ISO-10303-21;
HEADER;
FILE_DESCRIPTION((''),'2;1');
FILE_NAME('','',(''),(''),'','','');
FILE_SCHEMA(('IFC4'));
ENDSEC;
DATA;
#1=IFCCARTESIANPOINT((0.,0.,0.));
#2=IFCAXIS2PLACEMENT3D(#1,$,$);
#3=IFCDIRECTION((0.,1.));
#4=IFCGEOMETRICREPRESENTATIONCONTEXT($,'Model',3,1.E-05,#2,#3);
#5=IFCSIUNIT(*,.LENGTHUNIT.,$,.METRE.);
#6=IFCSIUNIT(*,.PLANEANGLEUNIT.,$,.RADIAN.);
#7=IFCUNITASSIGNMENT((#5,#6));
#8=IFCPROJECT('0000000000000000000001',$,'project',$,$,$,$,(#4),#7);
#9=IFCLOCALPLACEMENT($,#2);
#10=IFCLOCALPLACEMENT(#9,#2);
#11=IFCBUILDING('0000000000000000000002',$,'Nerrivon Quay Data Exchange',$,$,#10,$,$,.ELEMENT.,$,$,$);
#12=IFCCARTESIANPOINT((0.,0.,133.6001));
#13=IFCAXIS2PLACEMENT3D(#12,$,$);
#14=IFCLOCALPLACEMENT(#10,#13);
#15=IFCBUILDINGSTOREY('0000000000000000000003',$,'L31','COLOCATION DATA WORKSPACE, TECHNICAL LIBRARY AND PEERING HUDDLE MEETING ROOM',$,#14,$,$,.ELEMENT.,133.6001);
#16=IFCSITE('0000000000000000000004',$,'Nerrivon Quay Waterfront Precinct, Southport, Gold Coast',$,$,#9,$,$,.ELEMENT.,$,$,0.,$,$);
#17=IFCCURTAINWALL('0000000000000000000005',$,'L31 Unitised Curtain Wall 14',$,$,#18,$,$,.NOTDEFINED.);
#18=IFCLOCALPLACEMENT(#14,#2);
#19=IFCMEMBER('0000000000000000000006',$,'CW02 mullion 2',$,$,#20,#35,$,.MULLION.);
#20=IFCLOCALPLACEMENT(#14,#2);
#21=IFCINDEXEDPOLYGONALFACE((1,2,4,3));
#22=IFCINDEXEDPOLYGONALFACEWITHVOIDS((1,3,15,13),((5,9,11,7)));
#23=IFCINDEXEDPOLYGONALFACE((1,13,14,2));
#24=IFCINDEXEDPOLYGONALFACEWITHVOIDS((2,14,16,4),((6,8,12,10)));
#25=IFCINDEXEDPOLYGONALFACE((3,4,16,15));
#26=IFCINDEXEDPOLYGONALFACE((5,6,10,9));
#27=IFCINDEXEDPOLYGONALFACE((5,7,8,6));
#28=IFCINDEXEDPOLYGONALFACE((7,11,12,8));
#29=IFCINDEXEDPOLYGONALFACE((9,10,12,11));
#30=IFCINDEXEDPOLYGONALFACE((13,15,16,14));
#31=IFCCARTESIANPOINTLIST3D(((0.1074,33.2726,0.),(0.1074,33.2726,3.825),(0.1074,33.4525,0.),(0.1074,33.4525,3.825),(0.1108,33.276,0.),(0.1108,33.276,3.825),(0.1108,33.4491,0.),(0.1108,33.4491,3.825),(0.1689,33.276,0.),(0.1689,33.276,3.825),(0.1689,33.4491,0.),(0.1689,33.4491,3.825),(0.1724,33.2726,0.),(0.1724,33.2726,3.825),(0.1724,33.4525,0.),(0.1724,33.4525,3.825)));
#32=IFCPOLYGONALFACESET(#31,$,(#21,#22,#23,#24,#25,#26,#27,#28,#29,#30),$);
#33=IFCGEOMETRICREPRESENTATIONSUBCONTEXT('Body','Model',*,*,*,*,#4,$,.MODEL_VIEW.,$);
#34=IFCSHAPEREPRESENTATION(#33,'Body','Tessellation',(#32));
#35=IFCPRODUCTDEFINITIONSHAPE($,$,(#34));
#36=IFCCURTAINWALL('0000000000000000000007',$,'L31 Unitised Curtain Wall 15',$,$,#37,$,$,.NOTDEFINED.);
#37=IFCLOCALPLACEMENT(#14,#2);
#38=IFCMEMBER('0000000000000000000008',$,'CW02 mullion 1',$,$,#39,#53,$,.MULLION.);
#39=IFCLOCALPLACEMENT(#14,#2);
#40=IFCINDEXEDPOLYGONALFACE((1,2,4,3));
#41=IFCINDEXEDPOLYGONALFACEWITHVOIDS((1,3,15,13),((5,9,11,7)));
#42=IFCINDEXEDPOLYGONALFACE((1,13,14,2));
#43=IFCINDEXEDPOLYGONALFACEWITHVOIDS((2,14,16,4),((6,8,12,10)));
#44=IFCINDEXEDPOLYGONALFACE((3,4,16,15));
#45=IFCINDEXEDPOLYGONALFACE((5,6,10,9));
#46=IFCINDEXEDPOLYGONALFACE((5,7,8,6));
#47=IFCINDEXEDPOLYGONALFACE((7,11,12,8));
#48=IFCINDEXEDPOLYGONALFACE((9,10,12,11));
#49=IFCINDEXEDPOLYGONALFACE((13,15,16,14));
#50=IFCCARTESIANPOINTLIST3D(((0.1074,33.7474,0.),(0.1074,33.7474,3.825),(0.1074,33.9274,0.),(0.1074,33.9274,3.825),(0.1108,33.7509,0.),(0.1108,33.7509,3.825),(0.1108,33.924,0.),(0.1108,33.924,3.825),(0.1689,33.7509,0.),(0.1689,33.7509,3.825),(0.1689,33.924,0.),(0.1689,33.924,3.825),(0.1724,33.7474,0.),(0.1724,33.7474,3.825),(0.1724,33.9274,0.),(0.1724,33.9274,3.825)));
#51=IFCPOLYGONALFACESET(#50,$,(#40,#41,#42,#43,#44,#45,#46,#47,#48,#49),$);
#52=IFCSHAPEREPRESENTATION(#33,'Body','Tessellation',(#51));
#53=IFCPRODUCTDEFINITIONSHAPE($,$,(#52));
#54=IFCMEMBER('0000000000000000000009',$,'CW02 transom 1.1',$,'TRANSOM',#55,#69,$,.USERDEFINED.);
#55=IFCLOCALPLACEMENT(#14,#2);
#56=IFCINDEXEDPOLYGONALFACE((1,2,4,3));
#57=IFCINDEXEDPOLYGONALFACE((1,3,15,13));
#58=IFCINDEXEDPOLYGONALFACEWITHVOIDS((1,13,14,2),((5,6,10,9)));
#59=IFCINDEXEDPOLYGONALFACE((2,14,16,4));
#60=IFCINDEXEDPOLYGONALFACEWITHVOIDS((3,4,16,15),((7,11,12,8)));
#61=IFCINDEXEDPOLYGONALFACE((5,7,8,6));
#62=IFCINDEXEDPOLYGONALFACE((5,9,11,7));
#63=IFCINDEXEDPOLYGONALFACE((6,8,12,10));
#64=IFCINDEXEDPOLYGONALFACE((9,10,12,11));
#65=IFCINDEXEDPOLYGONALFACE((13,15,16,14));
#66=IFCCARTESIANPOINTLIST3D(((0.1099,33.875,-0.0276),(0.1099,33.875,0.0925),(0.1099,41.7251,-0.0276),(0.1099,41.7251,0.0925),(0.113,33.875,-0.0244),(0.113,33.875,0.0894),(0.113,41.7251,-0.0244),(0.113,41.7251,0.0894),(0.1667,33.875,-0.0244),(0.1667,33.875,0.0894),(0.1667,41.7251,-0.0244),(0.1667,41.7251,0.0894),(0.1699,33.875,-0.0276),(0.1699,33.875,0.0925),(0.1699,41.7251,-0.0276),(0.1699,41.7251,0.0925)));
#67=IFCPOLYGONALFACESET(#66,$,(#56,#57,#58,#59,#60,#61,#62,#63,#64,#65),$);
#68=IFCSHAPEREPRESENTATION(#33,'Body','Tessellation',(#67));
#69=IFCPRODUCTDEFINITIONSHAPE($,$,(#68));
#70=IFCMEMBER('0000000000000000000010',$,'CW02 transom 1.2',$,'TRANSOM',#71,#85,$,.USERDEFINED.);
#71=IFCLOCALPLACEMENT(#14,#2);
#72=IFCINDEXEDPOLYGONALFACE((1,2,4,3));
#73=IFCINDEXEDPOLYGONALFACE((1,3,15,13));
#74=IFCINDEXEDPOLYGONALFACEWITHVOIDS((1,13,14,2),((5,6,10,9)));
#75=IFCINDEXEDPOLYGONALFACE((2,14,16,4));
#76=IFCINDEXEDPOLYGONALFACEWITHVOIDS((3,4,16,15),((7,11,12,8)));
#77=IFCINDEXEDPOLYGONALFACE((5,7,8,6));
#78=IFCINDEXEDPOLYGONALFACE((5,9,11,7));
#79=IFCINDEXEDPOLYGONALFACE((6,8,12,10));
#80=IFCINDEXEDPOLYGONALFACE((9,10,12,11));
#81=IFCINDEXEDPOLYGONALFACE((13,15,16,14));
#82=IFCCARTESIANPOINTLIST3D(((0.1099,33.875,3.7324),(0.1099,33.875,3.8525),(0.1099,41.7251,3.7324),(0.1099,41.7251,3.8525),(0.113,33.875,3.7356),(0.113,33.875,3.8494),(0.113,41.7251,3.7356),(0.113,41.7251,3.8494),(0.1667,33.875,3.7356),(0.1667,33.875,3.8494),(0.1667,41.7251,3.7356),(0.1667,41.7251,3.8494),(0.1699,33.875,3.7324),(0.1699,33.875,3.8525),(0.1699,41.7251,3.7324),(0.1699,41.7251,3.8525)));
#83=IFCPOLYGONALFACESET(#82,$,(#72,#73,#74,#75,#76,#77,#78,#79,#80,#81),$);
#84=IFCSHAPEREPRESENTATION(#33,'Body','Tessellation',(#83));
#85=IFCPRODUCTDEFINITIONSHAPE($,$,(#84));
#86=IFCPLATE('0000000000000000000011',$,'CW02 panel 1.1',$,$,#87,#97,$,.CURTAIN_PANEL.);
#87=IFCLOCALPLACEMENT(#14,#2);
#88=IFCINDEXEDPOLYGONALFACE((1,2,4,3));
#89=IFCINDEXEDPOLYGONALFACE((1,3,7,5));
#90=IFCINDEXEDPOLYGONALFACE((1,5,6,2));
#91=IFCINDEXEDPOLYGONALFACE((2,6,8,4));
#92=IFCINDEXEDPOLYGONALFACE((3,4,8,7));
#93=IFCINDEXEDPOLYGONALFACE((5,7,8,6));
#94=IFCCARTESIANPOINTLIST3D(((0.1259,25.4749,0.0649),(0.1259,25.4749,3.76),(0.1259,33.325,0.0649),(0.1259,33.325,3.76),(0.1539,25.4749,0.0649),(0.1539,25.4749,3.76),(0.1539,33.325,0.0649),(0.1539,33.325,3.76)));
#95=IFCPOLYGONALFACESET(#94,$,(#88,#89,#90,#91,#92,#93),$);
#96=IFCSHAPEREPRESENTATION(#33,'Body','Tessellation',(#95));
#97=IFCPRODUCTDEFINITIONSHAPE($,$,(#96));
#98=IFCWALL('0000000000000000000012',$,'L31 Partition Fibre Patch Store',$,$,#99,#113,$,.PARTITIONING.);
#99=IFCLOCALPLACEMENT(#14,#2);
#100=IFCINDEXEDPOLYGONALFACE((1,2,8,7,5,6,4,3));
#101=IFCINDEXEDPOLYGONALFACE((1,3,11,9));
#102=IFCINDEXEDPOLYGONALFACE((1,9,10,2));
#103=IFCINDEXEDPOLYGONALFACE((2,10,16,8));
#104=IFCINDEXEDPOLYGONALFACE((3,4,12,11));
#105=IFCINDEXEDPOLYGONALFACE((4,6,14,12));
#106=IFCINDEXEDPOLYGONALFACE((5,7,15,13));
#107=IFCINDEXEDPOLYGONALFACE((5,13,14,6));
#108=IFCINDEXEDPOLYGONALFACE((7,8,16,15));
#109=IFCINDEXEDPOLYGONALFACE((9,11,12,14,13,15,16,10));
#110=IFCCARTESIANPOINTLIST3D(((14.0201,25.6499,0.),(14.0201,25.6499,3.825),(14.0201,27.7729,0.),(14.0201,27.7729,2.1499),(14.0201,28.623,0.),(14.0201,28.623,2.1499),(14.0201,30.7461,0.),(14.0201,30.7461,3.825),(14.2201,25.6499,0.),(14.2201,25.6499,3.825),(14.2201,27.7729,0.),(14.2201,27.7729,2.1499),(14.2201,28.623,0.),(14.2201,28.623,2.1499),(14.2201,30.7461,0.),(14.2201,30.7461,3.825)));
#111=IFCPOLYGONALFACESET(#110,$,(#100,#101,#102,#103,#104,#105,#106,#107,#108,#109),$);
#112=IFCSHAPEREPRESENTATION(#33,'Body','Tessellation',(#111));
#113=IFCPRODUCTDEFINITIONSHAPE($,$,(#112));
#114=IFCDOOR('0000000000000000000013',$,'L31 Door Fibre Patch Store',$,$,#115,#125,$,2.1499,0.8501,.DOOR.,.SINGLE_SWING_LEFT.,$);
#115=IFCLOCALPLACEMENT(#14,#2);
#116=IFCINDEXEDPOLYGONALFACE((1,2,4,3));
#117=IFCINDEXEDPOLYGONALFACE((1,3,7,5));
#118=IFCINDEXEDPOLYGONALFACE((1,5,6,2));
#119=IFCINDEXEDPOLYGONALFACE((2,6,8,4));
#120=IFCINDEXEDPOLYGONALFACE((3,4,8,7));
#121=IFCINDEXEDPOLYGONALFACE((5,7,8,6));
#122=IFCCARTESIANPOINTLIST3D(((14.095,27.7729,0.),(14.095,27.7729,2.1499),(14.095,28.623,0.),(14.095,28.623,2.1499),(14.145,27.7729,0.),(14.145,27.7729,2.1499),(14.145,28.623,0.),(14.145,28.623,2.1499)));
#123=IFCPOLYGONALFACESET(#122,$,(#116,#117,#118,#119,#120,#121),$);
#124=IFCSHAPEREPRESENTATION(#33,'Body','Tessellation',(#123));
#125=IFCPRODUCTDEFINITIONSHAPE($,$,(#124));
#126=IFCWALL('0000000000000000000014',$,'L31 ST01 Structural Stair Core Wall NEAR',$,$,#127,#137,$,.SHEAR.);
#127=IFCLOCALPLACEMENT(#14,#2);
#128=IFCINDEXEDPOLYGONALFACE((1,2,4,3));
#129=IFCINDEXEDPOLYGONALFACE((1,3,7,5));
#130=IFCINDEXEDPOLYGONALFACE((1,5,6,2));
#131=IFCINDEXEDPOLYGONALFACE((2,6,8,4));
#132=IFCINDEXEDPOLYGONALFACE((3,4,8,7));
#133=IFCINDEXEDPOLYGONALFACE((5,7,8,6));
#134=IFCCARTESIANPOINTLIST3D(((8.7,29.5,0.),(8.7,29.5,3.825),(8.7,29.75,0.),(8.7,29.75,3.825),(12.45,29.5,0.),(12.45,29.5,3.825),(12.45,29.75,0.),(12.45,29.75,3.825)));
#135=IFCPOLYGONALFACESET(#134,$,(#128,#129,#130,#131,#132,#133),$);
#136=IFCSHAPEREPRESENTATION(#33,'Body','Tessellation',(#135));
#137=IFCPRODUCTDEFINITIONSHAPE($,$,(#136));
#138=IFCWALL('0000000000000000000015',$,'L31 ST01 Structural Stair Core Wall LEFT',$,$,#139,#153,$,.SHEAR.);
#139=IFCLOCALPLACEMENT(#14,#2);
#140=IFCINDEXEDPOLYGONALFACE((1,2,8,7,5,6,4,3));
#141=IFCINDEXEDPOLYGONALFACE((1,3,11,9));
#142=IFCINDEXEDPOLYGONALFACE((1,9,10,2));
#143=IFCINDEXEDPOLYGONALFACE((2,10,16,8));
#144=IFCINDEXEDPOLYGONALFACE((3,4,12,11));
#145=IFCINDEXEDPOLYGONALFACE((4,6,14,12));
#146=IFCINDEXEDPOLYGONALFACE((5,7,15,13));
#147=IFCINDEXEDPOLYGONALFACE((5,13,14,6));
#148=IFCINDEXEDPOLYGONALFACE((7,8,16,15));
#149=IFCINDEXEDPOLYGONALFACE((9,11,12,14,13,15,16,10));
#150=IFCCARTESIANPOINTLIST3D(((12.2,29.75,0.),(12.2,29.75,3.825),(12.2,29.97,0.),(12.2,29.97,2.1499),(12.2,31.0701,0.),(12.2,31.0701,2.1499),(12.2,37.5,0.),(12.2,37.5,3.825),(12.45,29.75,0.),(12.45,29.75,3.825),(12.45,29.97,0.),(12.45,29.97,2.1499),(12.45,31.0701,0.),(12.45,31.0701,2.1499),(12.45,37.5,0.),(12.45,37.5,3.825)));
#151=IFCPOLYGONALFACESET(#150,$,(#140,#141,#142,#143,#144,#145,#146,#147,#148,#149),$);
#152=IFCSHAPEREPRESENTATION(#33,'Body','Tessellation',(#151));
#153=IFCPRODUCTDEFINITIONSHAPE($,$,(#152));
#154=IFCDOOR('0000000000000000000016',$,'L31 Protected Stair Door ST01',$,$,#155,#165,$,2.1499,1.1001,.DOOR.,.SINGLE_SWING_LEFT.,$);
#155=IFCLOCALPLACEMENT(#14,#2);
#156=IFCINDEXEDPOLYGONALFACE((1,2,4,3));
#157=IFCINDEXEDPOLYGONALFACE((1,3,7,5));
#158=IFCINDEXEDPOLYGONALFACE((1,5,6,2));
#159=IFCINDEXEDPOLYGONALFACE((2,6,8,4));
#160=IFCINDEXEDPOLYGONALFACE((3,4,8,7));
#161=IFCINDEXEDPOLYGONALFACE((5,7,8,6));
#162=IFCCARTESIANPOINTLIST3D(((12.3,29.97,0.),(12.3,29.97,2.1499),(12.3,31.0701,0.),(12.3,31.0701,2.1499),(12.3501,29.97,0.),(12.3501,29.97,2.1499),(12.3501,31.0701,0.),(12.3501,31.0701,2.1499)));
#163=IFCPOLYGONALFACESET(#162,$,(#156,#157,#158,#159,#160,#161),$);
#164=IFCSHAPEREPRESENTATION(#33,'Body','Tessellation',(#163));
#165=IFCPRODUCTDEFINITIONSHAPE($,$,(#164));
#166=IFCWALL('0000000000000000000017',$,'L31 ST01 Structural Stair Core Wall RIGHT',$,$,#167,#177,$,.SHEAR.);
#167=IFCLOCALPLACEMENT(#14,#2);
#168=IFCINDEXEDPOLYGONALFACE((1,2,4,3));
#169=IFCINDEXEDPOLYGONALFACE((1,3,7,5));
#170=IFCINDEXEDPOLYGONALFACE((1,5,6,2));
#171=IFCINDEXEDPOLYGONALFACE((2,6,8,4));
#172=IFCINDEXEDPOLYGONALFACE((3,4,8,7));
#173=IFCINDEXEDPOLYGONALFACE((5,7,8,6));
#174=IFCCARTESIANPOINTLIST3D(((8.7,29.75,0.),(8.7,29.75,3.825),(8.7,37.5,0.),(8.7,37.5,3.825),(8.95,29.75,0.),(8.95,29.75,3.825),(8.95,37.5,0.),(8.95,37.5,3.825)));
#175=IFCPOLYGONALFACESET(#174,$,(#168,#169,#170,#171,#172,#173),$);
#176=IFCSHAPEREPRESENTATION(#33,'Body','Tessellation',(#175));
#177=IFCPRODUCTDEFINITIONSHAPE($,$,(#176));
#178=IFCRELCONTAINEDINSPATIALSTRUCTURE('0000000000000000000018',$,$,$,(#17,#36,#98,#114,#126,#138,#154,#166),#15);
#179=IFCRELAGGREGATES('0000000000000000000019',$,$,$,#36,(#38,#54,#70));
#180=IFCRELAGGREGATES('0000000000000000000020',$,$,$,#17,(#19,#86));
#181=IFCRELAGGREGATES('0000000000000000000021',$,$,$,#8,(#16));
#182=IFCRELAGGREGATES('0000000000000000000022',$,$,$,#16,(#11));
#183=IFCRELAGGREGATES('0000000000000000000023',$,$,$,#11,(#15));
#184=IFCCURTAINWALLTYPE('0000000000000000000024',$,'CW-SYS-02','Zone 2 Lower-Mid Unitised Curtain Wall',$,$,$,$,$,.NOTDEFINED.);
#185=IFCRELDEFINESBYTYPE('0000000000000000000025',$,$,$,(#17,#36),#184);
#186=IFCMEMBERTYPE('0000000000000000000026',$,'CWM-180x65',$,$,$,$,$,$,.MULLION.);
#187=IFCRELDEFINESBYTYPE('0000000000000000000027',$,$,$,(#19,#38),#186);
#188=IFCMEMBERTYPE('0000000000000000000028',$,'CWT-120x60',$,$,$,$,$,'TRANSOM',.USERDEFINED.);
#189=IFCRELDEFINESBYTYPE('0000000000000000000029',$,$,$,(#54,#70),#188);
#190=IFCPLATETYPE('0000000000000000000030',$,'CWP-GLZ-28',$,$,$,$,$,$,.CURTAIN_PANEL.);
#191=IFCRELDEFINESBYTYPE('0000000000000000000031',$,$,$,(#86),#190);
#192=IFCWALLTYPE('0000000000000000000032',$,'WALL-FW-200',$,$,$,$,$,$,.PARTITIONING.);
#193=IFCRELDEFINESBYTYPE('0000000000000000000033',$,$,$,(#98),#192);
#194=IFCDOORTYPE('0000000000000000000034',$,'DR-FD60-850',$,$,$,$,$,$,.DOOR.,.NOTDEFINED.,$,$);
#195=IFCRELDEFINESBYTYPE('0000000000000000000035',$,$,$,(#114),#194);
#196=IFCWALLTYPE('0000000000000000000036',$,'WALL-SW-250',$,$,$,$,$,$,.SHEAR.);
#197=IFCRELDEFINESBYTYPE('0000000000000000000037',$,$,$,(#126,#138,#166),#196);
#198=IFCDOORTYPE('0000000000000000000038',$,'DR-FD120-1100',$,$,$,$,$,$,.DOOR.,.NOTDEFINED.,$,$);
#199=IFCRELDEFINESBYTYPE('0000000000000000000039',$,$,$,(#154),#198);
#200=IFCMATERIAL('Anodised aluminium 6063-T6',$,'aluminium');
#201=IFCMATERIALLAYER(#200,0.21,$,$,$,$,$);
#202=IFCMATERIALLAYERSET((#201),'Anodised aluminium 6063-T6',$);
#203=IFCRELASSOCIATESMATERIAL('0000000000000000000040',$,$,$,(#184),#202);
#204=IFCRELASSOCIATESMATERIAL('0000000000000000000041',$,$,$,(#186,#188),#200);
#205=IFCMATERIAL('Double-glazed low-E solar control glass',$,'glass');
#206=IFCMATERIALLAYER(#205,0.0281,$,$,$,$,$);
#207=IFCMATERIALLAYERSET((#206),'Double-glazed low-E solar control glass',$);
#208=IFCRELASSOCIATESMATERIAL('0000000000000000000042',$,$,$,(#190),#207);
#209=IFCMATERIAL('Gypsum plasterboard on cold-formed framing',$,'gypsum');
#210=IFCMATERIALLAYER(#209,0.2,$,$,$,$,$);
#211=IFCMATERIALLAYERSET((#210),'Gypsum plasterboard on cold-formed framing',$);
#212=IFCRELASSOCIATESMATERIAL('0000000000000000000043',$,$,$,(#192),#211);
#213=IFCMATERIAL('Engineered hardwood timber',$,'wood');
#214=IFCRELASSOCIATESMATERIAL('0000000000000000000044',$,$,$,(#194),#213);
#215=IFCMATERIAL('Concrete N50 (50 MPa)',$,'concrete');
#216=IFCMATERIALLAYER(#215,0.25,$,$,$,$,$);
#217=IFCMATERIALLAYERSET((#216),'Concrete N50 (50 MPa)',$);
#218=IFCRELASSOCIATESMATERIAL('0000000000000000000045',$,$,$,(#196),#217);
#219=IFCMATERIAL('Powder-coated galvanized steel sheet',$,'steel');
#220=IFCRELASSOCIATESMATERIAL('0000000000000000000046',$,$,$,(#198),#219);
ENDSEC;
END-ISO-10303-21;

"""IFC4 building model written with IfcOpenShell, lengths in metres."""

from ifc_helpers import new_model, si_unit, direction, frame, frame_2d, origin, origin_2d, place, context, subcontext, project, spatial, rectangle, hollow_rectangle, extrude, material, layer, layer_set, material_profile, profile_set, type_object, element, fill, aggregate, save


model = new_model("IFC4")

# Units and contexts
model_context = context("Model", 3, precision=1e-05, world=origin(), true_north=direction((0.0, 1.0)))
body_context = subcontext(model_context, "Body", "Model", "MODEL_VIEW")
ifc_project = project(units=[si_unit("LENGTHUNIT", "METRE"), si_unit("PLANEANGLEUNIT", "RADIAN")], contexts=[model_context])

# Site, building, storey
site_placement = place(None, origin())
site = spatial("IfcSite", under=ifc_project, at=site_placement, Name="Nerrivon Quay Waterfront Precinct, Southport, Gold Coast", CompositionType="ELEMENT", RefElevation=0.0)
building_placement = place(site_placement, origin())
building = spatial("IfcBuilding", under=site, at=building_placement, Name="Nerrivon Quay Data Exchange", CompositionType="ELEMENT")
storey_placement = place(building_placement, frame((0.0, 0.0, 133.6001)))
storey = spatial("IfcBuildingStorey", under=building, at=storey_placement, Name="L31", Description="COLOCATION DATA WORKSPACE, TECHNICAL LIBRARY AND PEERING HUDDLE MEETING ROOM", CompositionType="ELEMENT", Elevation=133.6001)

# Curtain wall, member
ifc_material_1 = material(Name="Anodised aluminium 6063-T6", Category="aluminium")
ifc_layer_1 = layer(ifc_material_1, 0.21)
ifc_layer_set_1 = layer_set([ifc_layer_1], Name="Anodised aluminium 6063-T6")
curtain_wall_type = type_object("IfcCurtainWallType", Name="CW-SYS-02", Description="Zone 2 Lower-Mid Unitised Curtain Wall", PredefinedType="NOTDEFINED", material=ifc_layer_set_1)
curtain_wall_1_placement = place(storey_placement, origin())
curtain_wall_1 = element("IfcCurtainWall", 1, at=curtain_wall_1_placement, inside=storey, type_object=curtain_wall_type, Name="L31 Unitised Curtain Wall 14", PredefinedType="NOTDEFINED")
ifc_material_profile_1 = material_profile(ifc_material_1, hollow_rectangle(XDim=0.0649, YDim=0.1799, WallThickness=0.0034, at=origin_2d()), Name="ALU-MULL-180x65")
ifc_profile_set_1 = profile_set([ifc_material_profile_1], Name="Anodised aluminium 6063-T6")
member_type_1 = type_object("IfcMemberType", Name="CWM-180x65", PredefinedType="MULLION", material=ifc_profile_set_1)
member_1_placement = place(storey_placement, frame((0.1399, 33.3625, 0.0), z_axis=(0.0, 0.0, 1.0), x_axis=(-1.0, 0.0, 0.0)))
member_1 = element("IfcMember", 2, at=member_1_placement, type_object=member_type_1, Name="CW02 mullion 2", PredefinedType="MULLION", context=body_context, shape_type="SweptSolid", body=[
    extrude(hollow_rectangle(XDim=0.0649, YDim=0.1799, WallThickness=0.0034, at=origin_2d()), origin(), (0.0, 0.0, 1.0), 3.825),
])

# Curtain wall, members
curtain_wall_2_placement = place(storey_placement, origin())
curtain_wall_2 = element("IfcCurtainWall", 3, at=curtain_wall_2_placement, inside=storey, type_object=curtain_wall_type, Name="L31 Unitised Curtain Wall 15", PredefinedType="NOTDEFINED")
member_2_placement = place(storey_placement, frame((0.1399, 33.8374, 0.0), z_axis=(0.0, 0.0, 1.0), x_axis=(-1.0, 0.0, 0.0)))
member_2 = element("IfcMember", 4, at=member_2_placement, type_object=member_type_1, Name="CW02 mullion 1", PredefinedType="MULLION", context=body_context, shape_type="SweptSolid", body=[
    extrude(hollow_rectangle(XDim=0.0649, YDim=0.1799, WallThickness=0.0034, at=origin_2d()), origin(), (0.0, 0.0, 1.0), 3.825),
])
ifc_material_profile_2 = material_profile(ifc_material_1, hollow_rectangle(XDim=0.0601, YDim=0.1201, WallThickness=0.0032, at=origin_2d()), Name="ALU-TRAN-120x60")
ifc_profile_set_2 = profile_set([ifc_material_profile_2], Name="Anodised aluminium 6063-T6")
member_type_2 = type_object("IfcMemberType", Name="CWT-120x60", ElementType="TRANSOM", PredefinedType="USERDEFINED", material=ifc_profile_set_2)
member_3_placement = place(storey_placement, frame((0.1399, 33.875, 0.0325), z_axis=(0.0, 1.0, 0.0), x_axis=(-1.0, 0.0, 0.0)))
member_3 = element("IfcMember", 5, at=member_3_placement, type_object=member_type_2, Name="CW02 transom 1.1", ObjectType="TRANSOM", PredefinedType="USERDEFINED", context=body_context, shape_type="SweptSolid", body=[
    extrude(hollow_rectangle(XDim=0.0601, YDim=0.1201, WallThickness=0.0032, at=origin_2d()), origin(), (0.0, 0.0, 1.0), 7.8501),
])
member_4_placement = place(storey_placement, frame((0.1399, 33.875, 3.7925), z_axis=(0.0, 1.0, 0.0), x_axis=(-1.0, 0.0, 0.0)))
member_4 = element("IfcMember", 6, at=member_4_placement, type_object=member_type_2, Name="CW02 transom 1.2", ObjectType="TRANSOM", PredefinedType="USERDEFINED", context=body_context, shape_type="SweptSolid", body=[
    extrude(hollow_rectangle(XDim=0.0601, YDim=0.1201, WallThickness=0.0032, at=origin_2d()), origin(), (0.0, 0.0, 1.0), 7.8501),
])
aggregate(curtain_wall_2, [member_2, member_3, member_4])

# Plate
ifc_material_2 = material(Name="Double-glazed low-E solar control glass", Category="glass")
ifc_layer_2 = layer(ifc_material_2, 0.0281)
ifc_layer_set_2 = layer_set([ifc_layer_2], Name="Double-glazed low-E solar control glass")
plate_type = type_object("IfcPlateType", Name="CWP-GLZ-28", PredefinedType="CURTAIN_PANEL", material=ifc_layer_set_2)
plate_placement = place(storey_placement, frame((0.1399, 29.3999, 0.0649), z_axis=(0.0, 0.0, 1.0), x_axis=(0.0, 1.0, 0.0)))
plate = element("IfcPlate", 7, at=plate_placement, type_object=plate_type, Name="CW02 panel 1.1", PredefinedType="CURTAIN_PANEL", context=body_context, shape_type="SweptSolid", body=[
    extrude(rectangle(XDim=7.8501, YDim=0.0281, at=origin_2d()), origin(), (0.0, 0.0, 1.0), 3.6951),
])
aggregate(curtain_wall_1, [member_1, plate])

# Wall, opening, door
ifc_material_3 = material(Name="Gypsum plasterboard on cold-formed framing", Category="gypsum")
ifc_layer_3 = layer(ifc_material_3, 0.2)
ifc_layer_set_3 = layer_set([ifc_layer_3], Name="Gypsum plasterboard on cold-formed framing")
wall_type_1 = type_object("IfcWallType", Name="WALL-FW-200", PredefinedType="PARTITIONING", material=ifc_layer_set_3)
wall_1_placement = place(storey_placement, frame((14.1201, 30.7461, 0.0), z_axis=(0.0, 0.0, 1.0), x_axis=(0.0, -1.0, 0.0)))
wall_1 = element("IfcWall", 8, at=wall_1_placement, inside=storey, type_object=wall_type_1, Name="L31 Partition Fibre Patch Store", PredefinedType="PARTITIONING", context=body_context, shape_type="SweptSolid", body=[
    extrude(rectangle(XDim=5.0962, YDim=0.2, at=frame_2d((2.5481, 0.0))), origin(), (0.0, 0.0, 1.0), 3.825),
])
opening_1_placement = place(wall_1_placement, frame((2.123, 0.0, 0.0)))
opening_1 = element("IfcOpeningElement", 9, at=opening_1_placement, cuts=wall_1, PredefinedType="OPENING", context=body_context, shape_type="SweptSolid", body=[
    extrude(rectangle(XDim=0.8501, YDim=2.1499, at=frame_2d((0.425, 1.075))), frame((0.0, 0.1099, 0.0), z_axis=(0.0, -1.0, 0.0), x_axis=(1.0, 0.0, 0.0)), (0.0, 0.0, 1.0), 0.22),
])
ifc_material_4 = material(Name="Engineered hardwood timber", Category="wood")
door_type_1 = type_object("IfcDoorType", Name="DR-FD60-850", OperationType="NOTDEFINED", PredefinedType="DOOR", material=ifc_material_4)
door_1_placement = place(opening_1_placement, origin())
door_1 = element("IfcDoor", 10, at=door_1_placement, inside=storey, type_object=door_type_1, Name="L31 Door Fibre Patch Store", OperationType="SINGLE_SWING_LEFT", OverallHeight=2.1499, OverallWidth=0.8501, PredefinedType="DOOR", context=body_context, shape_type="SweptSolid", body=[
    extrude(rectangle(XDim=0.8501, YDim=2.1499, at=frame_2d((0.425, 1.075))), frame((0.0, 0.0249, 0.0), z_axis=(0.0, -1.0, 0.0), x_axis=(1.0, 0.0, 0.0)), (0.0, 0.0, 1.0), 0.05),
])
fill(opening_1, door_1)

# Wall
ifc_material_5 = material(Name="Concrete N50 (50 MPa)", Category="concrete")
ifc_layer_4 = layer(ifc_material_5, 0.25)
ifc_layer_set_4 = layer_set([ifc_layer_4], Name="Concrete N50 (50 MPa)")
wall_type_2 = type_object("IfcWallType", Name="WALL-SW-250", PredefinedType="SHEAR", material=ifc_layer_set_4)
wall_2_placement = place(storey_placement, frame((12.45, 29.625, 0.0), z_axis=(0.0, 0.0, 1.0), x_axis=(-1.0, 0.0, 0.0)))
element("IfcWall", 11, at=wall_2_placement, inside=storey, type_object=wall_type_2, Name="L31 ST01 Structural Stair Core Wall NEAR", PredefinedType="SHEAR", context=body_context, shape_type="SweptSolid", body=[
    extrude(rectangle(XDim=3.75, YDim=0.25, at=frame_2d((1.875, 0.0))), origin(), (0.0, 0.0, 1.0), 3.825),
])

# Wall, opening, door
wall_3_placement = place(storey_placement, frame((12.325, 29.75, 0.0), z_axis=(0.0, 0.0, 1.0), x_axis=(0.0, 1.0, 0.0)))
wall_3 = element("IfcWall", 12, at=wall_3_placement, inside=storey, type_object=wall_type_2, Name="L31 ST01 Structural Stair Core Wall LEFT", PredefinedType="SHEAR", context=body_context, shape_type="SweptSolid", body=[
    extrude(rectangle(XDim=7.75, YDim=0.25, at=frame_2d((3.875, 0.0))), origin(), (0.0, 0.0, 1.0), 3.825),
])
opening_2_placement = place(wall_3_placement, frame((0.22, 0.0, 0.0)))
opening_2 = element("IfcOpeningElement", 13, at=opening_2_placement, cuts=wall_3, PredefinedType="OPENING", context=body_context, shape_type="SweptSolid", body=[
    extrude(rectangle(XDim=1.1001, YDim=2.1499, at=frame_2d((0.55, 1.075))), frame((0.0, 0.135, 0.0), z_axis=(0.0, -1.0, 0.0), x_axis=(1.0, 0.0, 0.0)), (0.0, 0.0, 1.0), 0.27),
])
ifc_material_6 = material(Name="Powder-coated galvanized steel sheet", Category="steel")
door_type_2 = type_object("IfcDoorType", Name="DR-FD120-1100", OperationType="NOTDEFINED", PredefinedType="DOOR", material=ifc_material_6)
door_2_placement = place(opening_2_placement, origin())
door_2 = element("IfcDoor", 14, at=door_2_placement, inside=storey, type_object=door_type_2, Name="L31 Protected Stair Door ST01", OperationType="SINGLE_SWING_LEFT", OverallHeight=2.1499, OverallWidth=1.1001, PredefinedType="DOOR", context=body_context, shape_type="SweptSolid", body=[
    extrude(rectangle(XDim=1.1001, YDim=2.1499, at=frame_2d((0.55, 1.075))), frame((0.0, 0.0249, 0.0), z_axis=(0.0, -1.0, 0.0), x_axis=(1.0, 0.0, 0.0)), (0.0, 0.0, 1.0), 0.05),
])
fill(opening_2, door_2)

# Wall
wall_4_placement = place(storey_placement, frame((8.825, 29.75, 0.0), z_axis=(0.0, 0.0, 1.0), x_axis=(0.0, 1.0, 0.0)))
element("IfcWall", 15, at=wall_4_placement, inside=storey, type_object=wall_type_2, Name="L31 ST01 Structural Stair Core Wall RIGHT", PredefinedType="SHEAR", context=body_context, shape_type="SweptSolid", body=[
    extrude(rectangle(XDim=7.75, YDim=0.25, at=frame_2d((3.875, 0.0))), origin(), (0.0, 0.0, 1.0), 3.825),
])

save(model, "model.ifc")
